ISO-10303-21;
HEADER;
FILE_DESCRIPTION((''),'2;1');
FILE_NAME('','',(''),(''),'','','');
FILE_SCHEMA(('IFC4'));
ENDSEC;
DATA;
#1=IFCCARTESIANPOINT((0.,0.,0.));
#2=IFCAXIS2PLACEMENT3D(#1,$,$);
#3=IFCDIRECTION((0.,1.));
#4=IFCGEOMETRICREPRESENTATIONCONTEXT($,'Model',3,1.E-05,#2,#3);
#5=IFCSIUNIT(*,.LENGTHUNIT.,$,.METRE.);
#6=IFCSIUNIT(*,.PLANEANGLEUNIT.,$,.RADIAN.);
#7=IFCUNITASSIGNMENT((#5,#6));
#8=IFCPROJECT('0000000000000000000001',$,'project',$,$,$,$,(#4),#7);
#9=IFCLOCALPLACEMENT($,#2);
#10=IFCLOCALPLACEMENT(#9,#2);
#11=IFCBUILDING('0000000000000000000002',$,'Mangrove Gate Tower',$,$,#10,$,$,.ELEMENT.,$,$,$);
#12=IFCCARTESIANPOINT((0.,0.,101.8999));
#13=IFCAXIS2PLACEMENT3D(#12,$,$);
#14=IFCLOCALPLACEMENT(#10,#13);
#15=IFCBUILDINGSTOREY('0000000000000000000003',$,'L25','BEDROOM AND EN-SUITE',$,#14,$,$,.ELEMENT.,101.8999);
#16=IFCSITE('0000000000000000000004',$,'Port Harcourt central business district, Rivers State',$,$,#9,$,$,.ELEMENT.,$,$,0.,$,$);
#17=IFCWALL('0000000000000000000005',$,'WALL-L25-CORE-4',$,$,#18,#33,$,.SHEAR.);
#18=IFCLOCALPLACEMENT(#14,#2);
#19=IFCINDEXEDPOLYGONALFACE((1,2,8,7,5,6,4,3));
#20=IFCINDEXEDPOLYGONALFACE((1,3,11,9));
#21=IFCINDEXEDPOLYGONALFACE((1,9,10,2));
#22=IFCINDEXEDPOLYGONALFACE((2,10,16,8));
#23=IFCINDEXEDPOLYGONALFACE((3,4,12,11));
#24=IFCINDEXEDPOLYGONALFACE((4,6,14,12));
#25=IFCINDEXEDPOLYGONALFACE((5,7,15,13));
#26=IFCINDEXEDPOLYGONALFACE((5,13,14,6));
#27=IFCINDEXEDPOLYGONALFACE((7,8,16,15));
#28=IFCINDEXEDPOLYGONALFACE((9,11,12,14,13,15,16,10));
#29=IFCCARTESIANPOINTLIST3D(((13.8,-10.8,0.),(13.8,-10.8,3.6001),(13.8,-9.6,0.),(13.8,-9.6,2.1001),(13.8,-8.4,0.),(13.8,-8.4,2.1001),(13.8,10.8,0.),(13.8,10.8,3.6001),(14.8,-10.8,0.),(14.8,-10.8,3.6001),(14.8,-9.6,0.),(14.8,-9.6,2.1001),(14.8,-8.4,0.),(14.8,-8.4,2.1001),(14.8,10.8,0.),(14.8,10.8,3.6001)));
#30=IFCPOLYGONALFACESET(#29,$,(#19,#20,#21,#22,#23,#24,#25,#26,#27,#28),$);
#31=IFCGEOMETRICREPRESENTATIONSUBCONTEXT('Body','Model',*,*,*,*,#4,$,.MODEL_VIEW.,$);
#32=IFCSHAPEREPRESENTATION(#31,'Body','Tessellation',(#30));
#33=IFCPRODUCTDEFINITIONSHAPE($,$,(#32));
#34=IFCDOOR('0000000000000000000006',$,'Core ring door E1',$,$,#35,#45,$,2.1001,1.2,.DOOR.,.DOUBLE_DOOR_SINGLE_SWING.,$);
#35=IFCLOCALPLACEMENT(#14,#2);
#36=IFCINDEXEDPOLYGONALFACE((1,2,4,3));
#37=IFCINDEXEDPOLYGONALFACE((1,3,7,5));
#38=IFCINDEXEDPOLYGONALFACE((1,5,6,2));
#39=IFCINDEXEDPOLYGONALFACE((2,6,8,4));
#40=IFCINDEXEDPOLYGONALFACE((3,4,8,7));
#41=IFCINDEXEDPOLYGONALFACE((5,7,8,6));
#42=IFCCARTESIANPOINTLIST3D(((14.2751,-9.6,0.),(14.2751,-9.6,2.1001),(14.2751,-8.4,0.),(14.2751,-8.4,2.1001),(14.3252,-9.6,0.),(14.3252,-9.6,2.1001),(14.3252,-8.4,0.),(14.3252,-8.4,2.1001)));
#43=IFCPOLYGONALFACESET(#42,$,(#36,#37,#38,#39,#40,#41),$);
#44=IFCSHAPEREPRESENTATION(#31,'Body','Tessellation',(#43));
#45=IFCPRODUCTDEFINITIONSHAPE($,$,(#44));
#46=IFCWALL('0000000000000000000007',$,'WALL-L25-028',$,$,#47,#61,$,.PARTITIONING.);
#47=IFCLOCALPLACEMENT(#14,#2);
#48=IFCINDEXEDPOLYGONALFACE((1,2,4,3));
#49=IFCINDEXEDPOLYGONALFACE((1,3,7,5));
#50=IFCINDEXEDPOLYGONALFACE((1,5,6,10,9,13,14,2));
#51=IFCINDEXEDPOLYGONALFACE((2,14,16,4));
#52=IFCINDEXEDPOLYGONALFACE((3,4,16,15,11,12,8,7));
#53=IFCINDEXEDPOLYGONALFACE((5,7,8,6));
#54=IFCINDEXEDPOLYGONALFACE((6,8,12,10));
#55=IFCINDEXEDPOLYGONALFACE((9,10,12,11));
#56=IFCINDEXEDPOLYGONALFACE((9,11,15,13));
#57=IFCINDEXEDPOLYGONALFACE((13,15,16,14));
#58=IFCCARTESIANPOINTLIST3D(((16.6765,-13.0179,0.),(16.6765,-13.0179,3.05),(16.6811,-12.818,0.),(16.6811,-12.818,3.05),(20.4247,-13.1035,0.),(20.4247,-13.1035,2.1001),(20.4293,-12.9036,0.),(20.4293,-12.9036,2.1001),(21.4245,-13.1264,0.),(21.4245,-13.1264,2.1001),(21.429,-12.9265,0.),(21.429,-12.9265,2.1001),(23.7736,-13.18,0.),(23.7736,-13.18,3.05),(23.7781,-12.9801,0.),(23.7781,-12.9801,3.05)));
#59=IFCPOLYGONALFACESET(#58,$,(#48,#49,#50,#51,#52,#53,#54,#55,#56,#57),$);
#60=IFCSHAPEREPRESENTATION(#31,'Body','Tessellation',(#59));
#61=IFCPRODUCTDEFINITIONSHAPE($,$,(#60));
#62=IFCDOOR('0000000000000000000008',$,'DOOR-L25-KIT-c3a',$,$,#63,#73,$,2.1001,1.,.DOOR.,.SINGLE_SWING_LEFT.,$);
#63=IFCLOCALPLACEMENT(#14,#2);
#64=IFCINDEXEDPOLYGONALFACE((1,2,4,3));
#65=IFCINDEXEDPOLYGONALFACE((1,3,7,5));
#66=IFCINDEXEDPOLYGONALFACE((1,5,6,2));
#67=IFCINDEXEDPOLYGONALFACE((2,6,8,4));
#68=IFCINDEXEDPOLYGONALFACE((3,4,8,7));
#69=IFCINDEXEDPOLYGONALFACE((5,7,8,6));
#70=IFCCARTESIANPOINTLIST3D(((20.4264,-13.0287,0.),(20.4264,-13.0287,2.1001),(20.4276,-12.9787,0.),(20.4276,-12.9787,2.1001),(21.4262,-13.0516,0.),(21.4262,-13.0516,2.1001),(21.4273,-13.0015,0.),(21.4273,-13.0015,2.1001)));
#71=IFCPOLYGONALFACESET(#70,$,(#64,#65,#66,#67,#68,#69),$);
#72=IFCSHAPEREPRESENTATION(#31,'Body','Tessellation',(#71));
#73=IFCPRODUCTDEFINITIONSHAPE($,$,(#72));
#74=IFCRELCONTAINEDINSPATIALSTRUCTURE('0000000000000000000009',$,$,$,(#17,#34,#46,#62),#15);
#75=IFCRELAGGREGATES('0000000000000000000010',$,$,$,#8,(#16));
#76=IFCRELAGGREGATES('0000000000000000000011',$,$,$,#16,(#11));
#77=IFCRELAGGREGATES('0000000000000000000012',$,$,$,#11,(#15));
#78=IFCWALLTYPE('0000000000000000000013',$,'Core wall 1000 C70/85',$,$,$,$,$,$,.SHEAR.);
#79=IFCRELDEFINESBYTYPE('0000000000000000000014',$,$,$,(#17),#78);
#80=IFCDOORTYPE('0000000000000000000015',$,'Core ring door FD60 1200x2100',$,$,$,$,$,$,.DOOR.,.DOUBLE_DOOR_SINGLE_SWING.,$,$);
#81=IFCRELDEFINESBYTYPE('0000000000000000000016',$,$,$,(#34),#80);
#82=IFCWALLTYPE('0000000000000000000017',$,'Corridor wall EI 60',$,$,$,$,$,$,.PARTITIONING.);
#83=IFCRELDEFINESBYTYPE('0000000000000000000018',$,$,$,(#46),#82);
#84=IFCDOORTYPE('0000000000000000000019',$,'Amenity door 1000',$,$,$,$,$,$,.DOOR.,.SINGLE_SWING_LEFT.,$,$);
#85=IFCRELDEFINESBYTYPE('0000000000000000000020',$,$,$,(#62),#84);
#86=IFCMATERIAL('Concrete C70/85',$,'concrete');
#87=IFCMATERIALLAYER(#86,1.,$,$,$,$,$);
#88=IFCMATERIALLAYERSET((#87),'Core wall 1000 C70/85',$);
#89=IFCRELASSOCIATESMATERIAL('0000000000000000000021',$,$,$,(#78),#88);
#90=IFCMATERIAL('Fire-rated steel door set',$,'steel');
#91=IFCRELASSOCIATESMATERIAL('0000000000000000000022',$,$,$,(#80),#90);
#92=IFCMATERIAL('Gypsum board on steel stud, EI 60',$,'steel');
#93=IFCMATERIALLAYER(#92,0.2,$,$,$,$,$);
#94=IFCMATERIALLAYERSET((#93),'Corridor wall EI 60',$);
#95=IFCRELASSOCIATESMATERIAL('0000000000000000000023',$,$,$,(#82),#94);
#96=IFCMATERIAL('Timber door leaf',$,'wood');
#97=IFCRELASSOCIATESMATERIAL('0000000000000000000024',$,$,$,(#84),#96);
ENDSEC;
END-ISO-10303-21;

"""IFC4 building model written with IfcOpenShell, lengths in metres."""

from ifc_helpers import new_model, si_unit, direction, frame, frame_2d, origin, place, context, subcontext, project, spatial, rectangle, extrude, material, layer, layer_set, type_object, element, fill, save


model = new_model("IFC4")

# Units and contexts
model_context = context("Model", 3, precision=1e-05, world=origin(), true_north=direction((0.0, 1.0)))
body_context = subcontext(model_context, "Body", "Model", "MODEL_VIEW")
ifc_project = project(units=[si_unit("LENGTHUNIT", "METRE"), si_unit("PLANEANGLEUNIT", "RADIAN")], contexts=[model_context])

# Site, building, storey
site_placement = place(None, origin())
site = spatial("IfcSite", under=ifc_project, at=site_placement, Name="Port Harcourt central business district, Rivers State", CompositionType="ELEMENT", RefElevation=0.0)
building_placement = place(site_placement, origin())
building = spatial("IfcBuilding", under=site, at=building_placement, Name="Mangrove Gate Tower", CompositionType="ELEMENT")
storey_placement = place(building_placement, frame((0.0, 0.0, 101.8999)))
storey = spatial("IfcBuildingStorey", under=building, at=storey_placement, Name="L25", Description="BEDROOM AND EN-SUITE", CompositionType="ELEMENT", Elevation=101.8999)

# Walls, openings, doors
ifc_material_1 = material(Name="Concrete C70/85", Category="concrete")
ifc_layer_1 = layer(ifc_material_1, 1.0)
ifc_layer_set_1 = layer_set([ifc_layer_1], Name="Core wall 1000 C70/85")
wall_type_1 = type_object("IfcWallType", Name="Core wall 1000 C70/85", PredefinedType="SHEAR", material=ifc_layer_set_1)
wall_1_placement = place(storey_placement, frame((14.3, -10.8, 0.0), z_axis=(0.0, 0.0, 1.0), x_axis=(0.0, 1.0, 0.0)))
wall_1 = element("IfcWall", 1, at=wall_1_placement, inside=storey, type_object=wall_type_1, Name="WALL-L25-CORE-4", PredefinedType="SHEAR", context=body_context, shape_type="SweptSolid", body=[
    extrude(rectangle(XDim=21.6001, YDim=1.0, at=frame_2d((10.8, 0.0))), origin(), (0.0, 0.0, 1.0), 3.6001),
])
opening_1_placement = place(wall_1_placement, frame((1.2, 0.0, 0.0)))
opening_1 = element("IfcOpeningElement", 2, at=opening_1_placement, cuts=wall_1, PredefinedType="OPENING", context=body_context, shape_type="SweptSolid", body=[
    extrude(rectangle(XDim=1.2, YDim=2.1001, at=frame_2d((0.6001, 1.05))), frame((0.0, 0.51, 0.0), z_axis=(0.0, -1.0, 0.0), x_axis=(1.0, 0.0, 0.0)), (0.0, 0.0, 1.0), 1.02),
])
ifc_material_2 = material(Name="Fire-rated steel door set", Category="steel")
door_type_1 = type_object("IfcDoorType", Name="Core ring door FD60 1200x2100", OperationType="DOUBLE_DOOR_SINGLE_SWING", PredefinedType="DOOR", material=ifc_material_2)
door_1_placement = place(opening_1_placement, origin())
door_1 = element("IfcDoor", 3, at=door_1_placement, inside=storey, type_object=door_type_1, Name="Core ring door E1", OperationType="DOUBLE_DOOR_SINGLE_SWING", OverallHeight=2.1001, OverallWidth=1.2, PredefinedType="DOOR", context=body_context, shape_type="SweptSolid", body=[
    extrude(rectangle(XDim=1.2, YDim=2.1001, at=frame_2d((0.6001, 1.05))), frame((0.0, 0.0249, 0.0), z_axis=(0.0, -1.0, 0.0), x_axis=(1.0, 0.0, 0.0)), (0.0, 0.0, 1.0), 0.05),
])
fill(opening_1, door_1)
ifc_material_3 = material(Name="Gypsum board on steel stud, EI 60", Category="steel")
ifc_layer_2 = layer(ifc_material_3, 0.2)
ifc_layer_set_2 = layer_set([ifc_layer_2], Name="Corridor wall EI 60")
wall_type_2 = type_object("IfcWallType", Name="Corridor wall EI 60", PredefinedType="PARTITIONING", material=ifc_layer_set_2)
wall_2_placement = place(storey_placement, frame((16.679, -12.918, 0.0), z_axis=(0.0, 0.0, 1.0), x_axis=(0.999739, -0.022836, 0.0)))
wall_2 = element("IfcWall", 4, at=wall_2_placement, inside=storey, type_object=wall_type_2, Name="WALL-L25-028", PredefinedType="PARTITIONING", context=body_context, shape_type="SweptSolid", body=[
    extrude(rectangle(XDim=7.0989, YDim=0.2, at=frame_2d((3.5493, 0.0))), origin(), (0.0, 0.0, 1.0), 3.05),
])
opening_2_placement = place(wall_2_placement, frame((3.749, 0.0, 0.0)))
opening_2 = element("IfcOpeningElement", 5, at=opening_2_placement, cuts=wall_2, PredefinedType="OPENING", context=body_context, shape_type="SweptSolid", body=[
    extrude(rectangle(XDim=1.0, YDim=2.1001, at=frame_2d((0.5, 1.05))), frame((0.0, 0.1099, 0.0), z_axis=(0.0, -1.0, 0.0), x_axis=(1.0, 0.0, 0.0)), (0.0, 0.0, 1.0), 0.22),
])
ifc_material_4 = material(Name="Timber door leaf", Category="wood")
door_type_2 = type_object("IfcDoorType", Name="Amenity door 1000", OperationType="SINGLE_SWING_LEFT", PredefinedType="DOOR", material=ifc_material_4)
door_2_placement = place(opening_2_placement, origin())
door_2 = element("IfcDoor", 6, at=door_2_placement, inside=storey, type_object=door_type_2, Name="DOOR-L25-KIT-c3a", OperationType="SINGLE_SWING_LEFT", OverallHeight=2.1001, OverallWidth=1.0, PredefinedType="DOOR", context=body_context, shape_type="SweptSolid", body=[
    extrude(rectangle(XDim=1.0, YDim=2.1001, at=frame_2d((0.5, 1.05))), frame((0.0, 0.0249, 0.0), z_axis=(0.0, -1.0, 0.0), x_axis=(1.0, 0.0, 0.0)), (0.0, 0.0, 1.0), 0.05),
])
fill(opening_2, door_2)

save(model, "model.ifc")
